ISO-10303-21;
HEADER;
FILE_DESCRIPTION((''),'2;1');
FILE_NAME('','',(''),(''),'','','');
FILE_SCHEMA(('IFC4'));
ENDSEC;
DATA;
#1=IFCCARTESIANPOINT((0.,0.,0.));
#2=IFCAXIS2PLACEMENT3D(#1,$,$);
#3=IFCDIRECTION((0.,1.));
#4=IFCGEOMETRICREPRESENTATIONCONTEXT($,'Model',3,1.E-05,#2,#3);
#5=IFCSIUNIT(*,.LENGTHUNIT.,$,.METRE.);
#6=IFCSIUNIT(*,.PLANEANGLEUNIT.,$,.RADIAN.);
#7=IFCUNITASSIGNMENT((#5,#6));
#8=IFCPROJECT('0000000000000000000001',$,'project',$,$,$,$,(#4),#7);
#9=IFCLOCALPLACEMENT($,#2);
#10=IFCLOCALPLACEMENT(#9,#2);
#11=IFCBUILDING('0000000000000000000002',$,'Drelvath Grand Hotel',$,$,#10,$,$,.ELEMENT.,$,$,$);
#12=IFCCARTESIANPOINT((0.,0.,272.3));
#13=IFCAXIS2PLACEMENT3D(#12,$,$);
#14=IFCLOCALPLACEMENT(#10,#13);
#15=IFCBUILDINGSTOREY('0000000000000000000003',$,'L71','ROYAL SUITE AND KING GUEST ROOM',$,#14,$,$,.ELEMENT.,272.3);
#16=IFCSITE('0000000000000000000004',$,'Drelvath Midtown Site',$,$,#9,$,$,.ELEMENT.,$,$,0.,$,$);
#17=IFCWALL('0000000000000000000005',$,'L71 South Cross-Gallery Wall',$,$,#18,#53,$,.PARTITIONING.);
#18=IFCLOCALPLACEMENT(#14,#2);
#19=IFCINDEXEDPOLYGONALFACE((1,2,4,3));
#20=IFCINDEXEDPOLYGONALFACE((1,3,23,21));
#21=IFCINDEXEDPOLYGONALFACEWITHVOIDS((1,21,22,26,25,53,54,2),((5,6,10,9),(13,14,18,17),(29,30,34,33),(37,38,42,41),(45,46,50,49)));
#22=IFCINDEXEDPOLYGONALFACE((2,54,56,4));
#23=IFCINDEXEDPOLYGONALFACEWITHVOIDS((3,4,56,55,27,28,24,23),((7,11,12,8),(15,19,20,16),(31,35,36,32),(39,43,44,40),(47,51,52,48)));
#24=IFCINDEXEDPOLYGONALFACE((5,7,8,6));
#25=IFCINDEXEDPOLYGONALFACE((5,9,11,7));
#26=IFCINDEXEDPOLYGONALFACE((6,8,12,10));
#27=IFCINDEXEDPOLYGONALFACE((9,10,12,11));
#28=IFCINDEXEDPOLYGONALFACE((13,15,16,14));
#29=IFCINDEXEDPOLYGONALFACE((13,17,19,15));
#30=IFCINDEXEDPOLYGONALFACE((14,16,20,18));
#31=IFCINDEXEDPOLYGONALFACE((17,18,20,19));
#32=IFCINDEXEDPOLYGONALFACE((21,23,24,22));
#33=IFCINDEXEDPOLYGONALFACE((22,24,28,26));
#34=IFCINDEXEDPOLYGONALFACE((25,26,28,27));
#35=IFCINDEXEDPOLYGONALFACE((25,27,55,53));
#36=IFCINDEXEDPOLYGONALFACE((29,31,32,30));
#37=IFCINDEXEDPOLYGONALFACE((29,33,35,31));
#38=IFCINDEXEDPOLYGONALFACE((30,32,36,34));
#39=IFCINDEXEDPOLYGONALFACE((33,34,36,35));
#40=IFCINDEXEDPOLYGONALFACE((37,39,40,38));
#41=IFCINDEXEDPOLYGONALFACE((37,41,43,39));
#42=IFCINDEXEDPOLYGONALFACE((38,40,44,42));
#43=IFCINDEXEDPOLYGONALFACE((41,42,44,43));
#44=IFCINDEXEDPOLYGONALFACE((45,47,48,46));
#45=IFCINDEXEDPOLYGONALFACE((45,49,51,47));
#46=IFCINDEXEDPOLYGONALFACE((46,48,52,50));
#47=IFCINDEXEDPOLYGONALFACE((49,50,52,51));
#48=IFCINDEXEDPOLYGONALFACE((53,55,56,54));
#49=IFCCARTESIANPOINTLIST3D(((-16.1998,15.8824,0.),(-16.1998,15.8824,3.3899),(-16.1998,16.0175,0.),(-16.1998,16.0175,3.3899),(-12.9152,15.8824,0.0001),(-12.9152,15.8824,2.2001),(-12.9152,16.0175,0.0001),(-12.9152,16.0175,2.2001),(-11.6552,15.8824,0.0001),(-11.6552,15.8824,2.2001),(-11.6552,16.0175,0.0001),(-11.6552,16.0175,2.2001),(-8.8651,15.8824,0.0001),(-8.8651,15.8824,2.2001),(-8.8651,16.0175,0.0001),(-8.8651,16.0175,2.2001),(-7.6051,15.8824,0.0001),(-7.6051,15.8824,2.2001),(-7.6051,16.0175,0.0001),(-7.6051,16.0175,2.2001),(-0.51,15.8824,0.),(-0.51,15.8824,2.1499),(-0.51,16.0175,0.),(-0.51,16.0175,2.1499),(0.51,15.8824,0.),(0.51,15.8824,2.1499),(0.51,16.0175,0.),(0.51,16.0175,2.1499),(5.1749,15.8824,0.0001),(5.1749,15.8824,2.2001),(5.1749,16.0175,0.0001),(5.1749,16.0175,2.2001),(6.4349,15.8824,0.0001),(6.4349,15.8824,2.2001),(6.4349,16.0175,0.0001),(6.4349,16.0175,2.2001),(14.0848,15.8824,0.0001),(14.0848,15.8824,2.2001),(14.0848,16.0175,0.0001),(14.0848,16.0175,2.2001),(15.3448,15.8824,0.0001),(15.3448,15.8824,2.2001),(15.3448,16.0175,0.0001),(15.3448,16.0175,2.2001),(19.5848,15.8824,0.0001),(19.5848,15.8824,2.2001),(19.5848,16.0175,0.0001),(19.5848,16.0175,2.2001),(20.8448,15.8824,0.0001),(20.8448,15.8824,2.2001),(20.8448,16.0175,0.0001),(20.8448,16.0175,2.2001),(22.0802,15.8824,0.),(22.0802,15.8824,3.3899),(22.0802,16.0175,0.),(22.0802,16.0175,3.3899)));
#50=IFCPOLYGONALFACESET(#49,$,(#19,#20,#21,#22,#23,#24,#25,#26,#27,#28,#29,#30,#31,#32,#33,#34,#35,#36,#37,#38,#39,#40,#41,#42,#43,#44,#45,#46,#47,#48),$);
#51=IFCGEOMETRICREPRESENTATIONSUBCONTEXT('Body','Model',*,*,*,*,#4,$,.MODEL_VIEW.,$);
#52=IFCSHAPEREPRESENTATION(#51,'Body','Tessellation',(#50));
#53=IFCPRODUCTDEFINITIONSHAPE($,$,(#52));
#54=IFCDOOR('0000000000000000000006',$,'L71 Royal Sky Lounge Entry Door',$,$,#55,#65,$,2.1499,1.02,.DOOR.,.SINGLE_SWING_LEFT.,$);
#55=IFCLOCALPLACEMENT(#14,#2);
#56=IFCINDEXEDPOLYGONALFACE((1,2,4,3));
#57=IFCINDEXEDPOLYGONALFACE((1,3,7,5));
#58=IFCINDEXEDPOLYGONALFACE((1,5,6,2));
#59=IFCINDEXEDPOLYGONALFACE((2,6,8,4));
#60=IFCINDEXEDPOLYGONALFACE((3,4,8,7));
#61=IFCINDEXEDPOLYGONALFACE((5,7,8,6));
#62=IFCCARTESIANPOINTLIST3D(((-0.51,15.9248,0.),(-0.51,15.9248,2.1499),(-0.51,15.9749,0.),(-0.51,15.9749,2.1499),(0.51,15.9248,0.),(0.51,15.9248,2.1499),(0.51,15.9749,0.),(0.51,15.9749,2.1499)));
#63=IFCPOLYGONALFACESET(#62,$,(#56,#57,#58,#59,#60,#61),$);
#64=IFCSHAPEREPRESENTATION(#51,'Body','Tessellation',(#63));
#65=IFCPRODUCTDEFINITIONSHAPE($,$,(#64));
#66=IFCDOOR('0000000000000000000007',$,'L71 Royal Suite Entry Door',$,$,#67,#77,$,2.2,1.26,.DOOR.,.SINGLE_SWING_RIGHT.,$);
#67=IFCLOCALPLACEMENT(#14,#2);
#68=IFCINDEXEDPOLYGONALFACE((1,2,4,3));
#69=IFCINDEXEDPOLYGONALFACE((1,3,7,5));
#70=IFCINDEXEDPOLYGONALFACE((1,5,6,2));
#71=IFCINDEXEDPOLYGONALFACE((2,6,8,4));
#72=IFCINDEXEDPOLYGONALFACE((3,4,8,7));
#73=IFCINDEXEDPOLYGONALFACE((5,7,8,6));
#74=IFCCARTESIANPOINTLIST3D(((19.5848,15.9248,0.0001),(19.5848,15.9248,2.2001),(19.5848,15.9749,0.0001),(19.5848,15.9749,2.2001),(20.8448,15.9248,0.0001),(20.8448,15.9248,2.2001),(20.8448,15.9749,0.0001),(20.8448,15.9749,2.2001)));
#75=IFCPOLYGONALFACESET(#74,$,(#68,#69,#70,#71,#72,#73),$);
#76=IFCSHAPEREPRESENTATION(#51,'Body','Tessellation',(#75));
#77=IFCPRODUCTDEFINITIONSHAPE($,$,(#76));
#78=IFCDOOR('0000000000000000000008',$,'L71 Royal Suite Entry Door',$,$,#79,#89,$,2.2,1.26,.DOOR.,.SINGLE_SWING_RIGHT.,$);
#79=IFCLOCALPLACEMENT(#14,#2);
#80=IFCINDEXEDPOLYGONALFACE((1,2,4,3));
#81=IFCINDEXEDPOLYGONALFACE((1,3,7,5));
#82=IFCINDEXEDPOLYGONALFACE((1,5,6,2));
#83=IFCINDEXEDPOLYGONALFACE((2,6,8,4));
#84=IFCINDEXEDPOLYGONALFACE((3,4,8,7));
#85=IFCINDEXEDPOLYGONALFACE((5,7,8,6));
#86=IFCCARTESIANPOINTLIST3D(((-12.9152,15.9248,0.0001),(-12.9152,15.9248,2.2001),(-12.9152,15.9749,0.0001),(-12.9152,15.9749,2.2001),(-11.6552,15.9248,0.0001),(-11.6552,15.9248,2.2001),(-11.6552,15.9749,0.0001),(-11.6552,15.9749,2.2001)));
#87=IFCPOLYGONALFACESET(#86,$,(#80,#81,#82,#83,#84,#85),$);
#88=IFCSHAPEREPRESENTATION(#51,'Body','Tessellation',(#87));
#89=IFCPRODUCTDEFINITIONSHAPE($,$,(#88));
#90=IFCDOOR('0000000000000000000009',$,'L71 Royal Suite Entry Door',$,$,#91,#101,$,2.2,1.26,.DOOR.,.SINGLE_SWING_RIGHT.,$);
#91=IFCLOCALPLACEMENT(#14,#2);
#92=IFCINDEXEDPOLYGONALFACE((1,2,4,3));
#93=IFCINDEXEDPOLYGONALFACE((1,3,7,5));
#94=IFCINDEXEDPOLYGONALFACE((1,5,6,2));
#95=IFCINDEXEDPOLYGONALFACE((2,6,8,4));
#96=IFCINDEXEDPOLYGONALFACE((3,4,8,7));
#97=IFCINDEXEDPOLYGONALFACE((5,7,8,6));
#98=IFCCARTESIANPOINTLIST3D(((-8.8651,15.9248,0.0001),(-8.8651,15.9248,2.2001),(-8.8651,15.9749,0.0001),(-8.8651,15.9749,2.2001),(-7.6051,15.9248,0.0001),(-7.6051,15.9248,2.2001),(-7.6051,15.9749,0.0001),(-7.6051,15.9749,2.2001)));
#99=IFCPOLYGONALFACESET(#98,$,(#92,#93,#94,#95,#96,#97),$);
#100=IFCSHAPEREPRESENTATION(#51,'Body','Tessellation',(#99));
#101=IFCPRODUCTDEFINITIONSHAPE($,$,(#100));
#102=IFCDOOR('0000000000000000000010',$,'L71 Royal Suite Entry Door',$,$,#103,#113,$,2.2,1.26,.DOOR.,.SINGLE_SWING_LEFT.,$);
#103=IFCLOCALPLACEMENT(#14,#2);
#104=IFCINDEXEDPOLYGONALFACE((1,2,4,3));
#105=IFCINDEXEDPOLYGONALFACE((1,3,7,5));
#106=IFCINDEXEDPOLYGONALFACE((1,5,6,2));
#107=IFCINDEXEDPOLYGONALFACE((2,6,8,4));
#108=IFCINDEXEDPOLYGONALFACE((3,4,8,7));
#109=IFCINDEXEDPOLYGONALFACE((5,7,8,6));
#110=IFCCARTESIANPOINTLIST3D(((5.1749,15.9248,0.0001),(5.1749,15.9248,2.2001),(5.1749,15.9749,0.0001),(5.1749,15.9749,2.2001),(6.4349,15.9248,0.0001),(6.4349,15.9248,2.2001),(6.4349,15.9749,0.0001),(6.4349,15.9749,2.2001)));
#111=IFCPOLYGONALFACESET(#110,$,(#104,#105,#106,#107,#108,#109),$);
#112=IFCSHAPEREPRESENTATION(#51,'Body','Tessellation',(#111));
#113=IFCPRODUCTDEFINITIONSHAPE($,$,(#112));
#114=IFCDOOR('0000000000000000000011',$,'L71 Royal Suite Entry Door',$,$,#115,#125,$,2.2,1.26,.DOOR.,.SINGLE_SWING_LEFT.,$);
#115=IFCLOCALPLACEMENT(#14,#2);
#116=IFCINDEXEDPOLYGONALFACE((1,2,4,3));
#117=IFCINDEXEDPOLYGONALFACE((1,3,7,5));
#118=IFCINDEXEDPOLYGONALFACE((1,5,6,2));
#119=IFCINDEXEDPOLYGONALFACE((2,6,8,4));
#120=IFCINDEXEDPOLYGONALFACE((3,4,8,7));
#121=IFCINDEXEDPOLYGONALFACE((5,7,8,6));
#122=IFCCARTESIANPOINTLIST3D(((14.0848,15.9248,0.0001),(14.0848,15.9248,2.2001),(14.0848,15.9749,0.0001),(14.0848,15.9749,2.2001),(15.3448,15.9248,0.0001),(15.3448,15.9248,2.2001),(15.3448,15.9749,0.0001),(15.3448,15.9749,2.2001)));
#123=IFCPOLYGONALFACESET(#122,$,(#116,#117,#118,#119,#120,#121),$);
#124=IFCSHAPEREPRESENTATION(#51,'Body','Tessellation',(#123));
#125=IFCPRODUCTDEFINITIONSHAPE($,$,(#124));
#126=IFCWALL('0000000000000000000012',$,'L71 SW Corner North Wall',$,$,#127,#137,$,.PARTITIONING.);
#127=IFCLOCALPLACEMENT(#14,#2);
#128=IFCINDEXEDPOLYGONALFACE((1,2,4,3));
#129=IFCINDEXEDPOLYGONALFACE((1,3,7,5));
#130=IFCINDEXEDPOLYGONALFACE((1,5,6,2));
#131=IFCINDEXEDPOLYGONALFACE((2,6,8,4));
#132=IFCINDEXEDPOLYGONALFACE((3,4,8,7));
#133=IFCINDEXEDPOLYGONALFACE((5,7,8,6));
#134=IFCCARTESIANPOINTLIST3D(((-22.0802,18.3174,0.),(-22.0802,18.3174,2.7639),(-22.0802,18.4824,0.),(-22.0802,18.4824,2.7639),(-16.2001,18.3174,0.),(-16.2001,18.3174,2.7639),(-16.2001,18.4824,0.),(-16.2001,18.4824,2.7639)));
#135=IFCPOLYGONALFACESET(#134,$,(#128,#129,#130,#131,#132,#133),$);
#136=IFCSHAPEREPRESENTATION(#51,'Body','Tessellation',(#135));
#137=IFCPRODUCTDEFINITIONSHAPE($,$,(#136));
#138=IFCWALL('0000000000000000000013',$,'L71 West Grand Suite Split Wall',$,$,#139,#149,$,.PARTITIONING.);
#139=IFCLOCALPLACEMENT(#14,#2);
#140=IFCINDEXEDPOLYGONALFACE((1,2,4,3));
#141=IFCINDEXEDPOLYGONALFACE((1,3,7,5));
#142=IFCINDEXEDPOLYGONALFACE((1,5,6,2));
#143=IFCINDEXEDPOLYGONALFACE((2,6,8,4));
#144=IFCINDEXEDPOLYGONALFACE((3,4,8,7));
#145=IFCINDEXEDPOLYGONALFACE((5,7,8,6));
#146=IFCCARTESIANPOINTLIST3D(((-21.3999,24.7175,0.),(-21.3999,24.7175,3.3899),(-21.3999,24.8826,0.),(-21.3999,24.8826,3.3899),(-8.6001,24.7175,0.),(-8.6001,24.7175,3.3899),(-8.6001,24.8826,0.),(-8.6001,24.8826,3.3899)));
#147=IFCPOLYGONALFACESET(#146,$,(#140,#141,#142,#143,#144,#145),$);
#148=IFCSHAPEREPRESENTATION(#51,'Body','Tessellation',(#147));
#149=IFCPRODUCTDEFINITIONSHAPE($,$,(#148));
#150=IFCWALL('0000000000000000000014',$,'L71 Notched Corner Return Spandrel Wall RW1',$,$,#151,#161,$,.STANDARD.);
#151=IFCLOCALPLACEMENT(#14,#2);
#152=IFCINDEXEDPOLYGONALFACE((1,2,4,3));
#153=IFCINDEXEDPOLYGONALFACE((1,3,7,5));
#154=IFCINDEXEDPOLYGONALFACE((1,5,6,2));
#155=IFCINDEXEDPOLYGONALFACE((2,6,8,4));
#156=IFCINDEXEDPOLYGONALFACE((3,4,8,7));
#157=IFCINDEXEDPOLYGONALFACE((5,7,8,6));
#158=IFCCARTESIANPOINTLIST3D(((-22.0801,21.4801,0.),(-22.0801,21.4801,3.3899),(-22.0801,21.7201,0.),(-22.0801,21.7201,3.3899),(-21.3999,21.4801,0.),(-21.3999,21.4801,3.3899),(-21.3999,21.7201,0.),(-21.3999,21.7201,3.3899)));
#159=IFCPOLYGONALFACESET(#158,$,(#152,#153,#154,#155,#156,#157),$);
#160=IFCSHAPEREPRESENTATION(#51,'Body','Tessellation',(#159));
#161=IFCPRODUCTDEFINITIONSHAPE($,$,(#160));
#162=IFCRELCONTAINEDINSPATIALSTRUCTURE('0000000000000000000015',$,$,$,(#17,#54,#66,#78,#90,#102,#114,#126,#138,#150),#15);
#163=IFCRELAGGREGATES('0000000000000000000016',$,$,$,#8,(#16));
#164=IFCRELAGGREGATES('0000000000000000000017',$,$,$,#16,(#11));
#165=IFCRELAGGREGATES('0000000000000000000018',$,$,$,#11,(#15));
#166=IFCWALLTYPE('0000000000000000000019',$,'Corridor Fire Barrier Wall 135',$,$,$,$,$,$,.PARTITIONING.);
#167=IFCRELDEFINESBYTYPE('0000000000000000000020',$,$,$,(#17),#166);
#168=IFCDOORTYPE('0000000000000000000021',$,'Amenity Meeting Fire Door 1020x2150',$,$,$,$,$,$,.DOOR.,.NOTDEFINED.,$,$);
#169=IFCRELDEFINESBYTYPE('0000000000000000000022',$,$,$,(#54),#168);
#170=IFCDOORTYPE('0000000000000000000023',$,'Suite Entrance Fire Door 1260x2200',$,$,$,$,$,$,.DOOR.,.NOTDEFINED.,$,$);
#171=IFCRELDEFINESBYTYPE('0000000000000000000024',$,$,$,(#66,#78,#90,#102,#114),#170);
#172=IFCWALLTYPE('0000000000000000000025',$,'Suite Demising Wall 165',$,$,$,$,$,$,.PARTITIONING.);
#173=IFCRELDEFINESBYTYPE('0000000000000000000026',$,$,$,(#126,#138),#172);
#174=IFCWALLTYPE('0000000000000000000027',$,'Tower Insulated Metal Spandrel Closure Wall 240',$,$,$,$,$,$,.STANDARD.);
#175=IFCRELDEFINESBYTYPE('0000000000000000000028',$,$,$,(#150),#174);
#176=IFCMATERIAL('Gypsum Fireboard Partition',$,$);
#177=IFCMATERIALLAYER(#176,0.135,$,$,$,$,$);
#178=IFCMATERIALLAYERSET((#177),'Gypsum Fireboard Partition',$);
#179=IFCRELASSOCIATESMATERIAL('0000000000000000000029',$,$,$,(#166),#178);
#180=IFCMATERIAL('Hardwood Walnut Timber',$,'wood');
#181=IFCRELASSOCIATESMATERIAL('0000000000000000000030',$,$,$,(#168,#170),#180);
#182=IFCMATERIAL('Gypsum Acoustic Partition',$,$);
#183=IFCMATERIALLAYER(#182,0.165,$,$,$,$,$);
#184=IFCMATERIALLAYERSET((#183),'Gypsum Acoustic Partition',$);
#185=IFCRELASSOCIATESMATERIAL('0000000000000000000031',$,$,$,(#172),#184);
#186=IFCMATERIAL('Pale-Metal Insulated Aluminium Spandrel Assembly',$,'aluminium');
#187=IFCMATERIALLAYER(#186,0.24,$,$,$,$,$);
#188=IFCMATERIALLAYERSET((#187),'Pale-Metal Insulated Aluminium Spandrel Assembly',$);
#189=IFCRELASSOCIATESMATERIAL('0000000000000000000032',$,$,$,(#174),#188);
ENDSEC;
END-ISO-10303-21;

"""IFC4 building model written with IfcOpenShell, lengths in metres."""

from ifc_helpers import new_model, si_unit, direction, frame, frame_2d, origin, place, context, subcontext, project, spatial, rectangle, extrude, material, layer, layer_set, type_object, element, fill, save


model = new_model("IFC4")

# Units and contexts
model_context = context("Model", 3, precision=1e-05, world=origin(), true_north=direction((0.0, 1.0)))
body_context = subcontext(model_context, "Body", "Model", "MODEL_VIEW")
ifc_project = project(units=[si_unit("LENGTHUNIT", "METRE"), si_unit("PLANEANGLEUNIT", "RADIAN")], contexts=[model_context])

# Site, building, storey
site_placement = place(None, origin())
site = spatial("IfcSite", under=ifc_project, at=site_placement, Name="Drelvath Midtown Site", CompositionType="ELEMENT", RefElevation=0.0)
building_placement = place(site_placement, origin())
building = spatial("IfcBuilding", under=site, at=building_placement, Name="Drelvath Grand Hotel", CompositionType="ELEMENT")
storey_placement = place(building_placement, frame((0.0, 0.0, 272.3)))
storey = spatial("IfcBuildingStorey", under=building, at=storey_placement, Name="L71", Description="ROYAL SUITE AND KING GUEST ROOM", CompositionType="ELEMENT", Elevation=272.3)

# Wall, openings, doors
ifc_material_1 = material(Name="Gypsum Fireboard Partition")
ifc_layer_1 = layer(ifc_material_1, 0.135)
ifc_layer_set_1 = layer_set([ifc_layer_1], Name="Gypsum Fireboard Partition")
wall_type_1 = type_object("IfcWallType", Name="Corridor Fire Barrier Wall 135", PredefinedType="PARTITIONING", material=ifc_layer_set_1)
wall_1_placement = place(storey_placement, frame((-16.2, 15.95, 0.0), z_axis=(0.0, 0.0, 1.0), x_axis=(1.0, 0.0, 0.0)))
wall_1 = element("IfcWall", 1, at=wall_1_placement, inside=storey, type_object=wall_type_1, Name="L71 South Cross-Gallery Wall", PredefinedType="PARTITIONING", context=body_context, shape_type="SweptSolid", body=[
    extrude(rectangle(XDim=38.28, YDim=0.135, at=frame_2d((19.1401, 0.0))), origin(), (0.0, 0.0, 1.0), 3.3899),
])
opening_1_placement = place(wall_1_placement, frame((35.7849, 0.0, 0.0)))
opening_1 = element("IfcOpeningElement", 2, at=opening_1_placement, cuts=wall_1, PredefinedType="OPENING", context=body_context, shape_type="SweptSolid", body=[
    extrude(rectangle(XDim=1.26, YDim=2.2, at=frame_2d((0.6299, 1.1001))), frame((0.0, 0.0774, 0.0), z_axis=(0.0, -1.0, 0.0), x_axis=(1.0, 0.0, 0.0)), (0.0, 0.0, 1.0), 0.155),
])
opening_2_placement = place(wall_1_placement, frame((3.2849, 0.0, 0.0)))
opening_2 = element("IfcOpeningElement", 3, at=opening_2_placement, cuts=wall_1, PredefinedType="OPENING", context=body_context, shape_type="SweptSolid", body=[
    extrude(rectangle(XDim=1.26, YDim=2.2, at=frame_2d((0.6299, 1.1001))), frame((0.0, 0.0774, 0.0), z_axis=(0.0, -1.0, 0.0), x_axis=(1.0, 0.0, 0.0)), (0.0, 0.0, 1.0), 0.155),
])
opening_3_placement = place(wall_1_placement, frame((7.335, 0.0, 0.0)))
opening_3 = element("IfcOpeningElement", 4, at=opening_3_placement, cuts=wall_1, PredefinedType="OPENING", context=body_context, shape_type="SweptSolid", body=[
    extrude(rectangle(XDim=1.26, YDim=2.2, at=frame_2d((0.6299, 1.1001))), frame((0.0, 0.0774, 0.0), z_axis=(0.0, -1.0, 0.0), x_axis=(1.0, 0.0, 0.0)), (0.0, 0.0, 1.0), 0.155),
])
opening_4_placement = place(wall_1_placement, frame((15.6899, 0.0, 0.0)))
opening_4 = element("IfcOpeningElement", 5, at=opening_4_placement, cuts=wall_1, PredefinedType="OPENING", context=body_context, shape_type="SweptSolid", body=[
    extrude(rectangle(XDim=1.02, YDim=2.1499, at=frame_2d((0.51, 1.075))), frame((0.0, 0.0774, 0.0), z_axis=(0.0, -1.0, 0.0), x_axis=(1.0, 0.0, 0.0)), (0.0, 0.0, 1.0), 0.155),
])
opening_5_placement = place(wall_1_placement, frame((21.375, 0.0, 0.0)))
opening_5 = element("IfcOpeningElement", 6, at=opening_5_placement, cuts=wall_1, PredefinedType="OPENING", context=body_context, shape_type="SweptSolid", body=[
    extrude(rectangle(XDim=1.26, YDim=2.2, at=frame_2d((0.6299, 1.1001))), frame((0.0, 0.0774, 0.0), z_axis=(0.0, -1.0, 0.0), x_axis=(1.0, 0.0, 0.0)), (0.0, 0.0, 1.0), 0.155),
])
opening_6_placement = place(wall_1_placement, frame((30.2849, 0.0, 0.0)))
opening_6 = element("IfcOpeningElement", 7, at=opening_6_placement, cuts=wall_1, PredefinedType="OPENING", context=body_context, shape_type="SweptSolid", body=[
    extrude(rectangle(XDim=1.26, YDim=2.2, at=frame_2d((0.6299, 1.1001))), frame((0.0, 0.0774, 0.0), z_axis=(0.0, -1.0, 0.0), x_axis=(1.0, 0.0, 0.0)), (0.0, 0.0, 1.0), 0.155),
])
ifc_material_2 = material(Name="Hardwood Walnut Timber", Category="wood")
door_type_1 = type_object("IfcDoorType", Name="Amenity Meeting Fire Door 1020x2150", OperationType="NOTDEFINED", PredefinedType="DOOR", material=ifc_material_2)
door_1_placement = place(opening_4_placement, origin())
door_1 = element("IfcDoor", 8, at=door_1_placement, inside=storey, type_object=door_type_1, Name="L71 Royal Sky Lounge Entry Door", OperationType="SINGLE_SWING_LEFT", OverallHeight=2.1499, OverallWidth=1.02, PredefinedType="DOOR", context=body_context, shape_type="SweptSolid", body=[
    extrude(rectangle(XDim=1.02, YDim=2.1499, at=frame_2d((0.51, 1.075))), frame((0.0, 0.0249, 0.0), z_axis=(0.0, -1.0, 0.0), x_axis=(1.0, 0.0, 0.0)), (0.0, 0.0, 1.0), 0.05),
])
fill(opening_4, door_1)
door_type_2 = type_object("IfcDoorType", Name="Suite Entrance Fire Door 1260x2200", OperationType="NOTDEFINED", PredefinedType="DOOR", material=ifc_material_2)
door_2_placement = place(opening_1_placement, origin())
door_2 = element("IfcDoor", 9, at=door_2_placement, inside=storey, type_object=door_type_2, Name="L71 Royal Suite Entry Door", OperationType="SINGLE_SWING_RIGHT", OverallHeight=2.2, OverallWidth=1.26, PredefinedType="DOOR", context=body_context, shape_type="SweptSolid", body=[
    extrude(rectangle(XDim=1.26, YDim=2.2, at=frame_2d((0.6299, 1.1001))), frame((0.0, 0.0249, 0.0), z_axis=(0.0, -1.0, 0.0), x_axis=(1.0, 0.0, 0.0)), (0.0, 0.0, 1.0), 0.05),
])
fill(opening_1, door_2)
door_3_placement = place(opening_2_placement, origin())
door_3 = element("IfcDoor", 10, at=door_3_placement, inside=storey, type_object=door_type_2, Name="L71 Royal Suite Entry Door", OperationType="SINGLE_SWING_RIGHT", OverallHeight=2.2, OverallWidth=1.26, PredefinedType="DOOR", context=body_context, shape_type="SweptSolid", body=[
    extrude(rectangle(XDim=1.26, YDim=2.2, at=frame_2d((0.6299, 1.1001))), frame((0.0, 0.0249, 0.0), z_axis=(0.0, -1.0, 0.0), x_axis=(1.0, 0.0, 0.0)), (0.0, 0.0, 1.0), 0.05),
])
fill(opening_2, door_3)
door_4_placement = place(opening_3_placement, origin())
door_4 = element("IfcDoor", 11, at=door_4_placement, inside=storey, type_object=door_type_2, Name="L71 Royal Suite Entry Door", OperationType="SINGLE_SWING_RIGHT", OverallHeight=2.2, OverallWidth=1.26, PredefinedType="DOOR", context=body_context, shape_type="SweptSolid", body=[
    extrude(rectangle(XDim=1.26, YDim=2.2, at=frame_2d((0.6299, 1.1001))), frame((0.0, 0.0249, 0.0), z_axis=(0.0, -1.0, 0.0), x_axis=(1.0, 0.0, 0.0)), (0.0, 0.0, 1.0), 0.05),
])
fill(opening_3, door_4)
door_5_placement = place(opening_5_placement, origin())
door_5 = element("IfcDoor", 12, at=door_5_placement, inside=storey, type_object=door_type_2, Name="L71 Royal Suite Entry Door", OperationType="SINGLE_SWING_LEFT", OverallHeight=2.2, OverallWidth=1.26, PredefinedType="DOOR", context=body_context, shape_type="SweptSolid", body=[
    extrude(rectangle(XDim=1.26, YDim=2.2, at=frame_2d((0.6299, 1.1001))), frame((0.0, 0.0249, 0.0), z_axis=(0.0, -1.0, 0.0), x_axis=(1.0, 0.0, 0.0)), (0.0, 0.0, 1.0), 0.05),
])
fill(opening_5, door_5)
door_6_placement = place(opening_6_placement, origin())
door_6 = element("IfcDoor", 13, at=door_6_placement, inside=storey, type_object=door_type_2, Name="L71 Royal Suite Entry Door", OperationType="SINGLE_SWING_LEFT", OverallHeight=2.2, OverallWidth=1.26, PredefinedType="DOOR", context=body_context, shape_type="SweptSolid", body=[
    extrude(rectangle(XDim=1.26, YDim=2.2, at=frame_2d((0.6299, 1.1001))), frame((0.0, 0.0249, 0.0), z_axis=(0.0, -1.0, 0.0), x_axis=(1.0, 0.0, 0.0)), (0.0, 0.0, 1.0), 0.05),
])
fill(opening_6, door_6)

# Walls
ifc_material_3 = material(Name="Gypsum Acoustic Partition")
ifc_layer_2 = layer(ifc_material_3, 0.165)
ifc_layer_set_2 = layer_set([ifc_layer_2], Name="Gypsum Acoustic Partition")
wall_type_2 = type_object("IfcWallType", Name="Suite Demising Wall 165", PredefinedType="PARTITIONING", material=ifc_layer_set_2)
wall_2_placement = place(storey_placement, frame((-22.0801, 18.3999, 0.0), z_axis=(0.0, 0.0, 1.0), x_axis=(1.0, 0.0, 0.0)))
element("IfcWall", 14, at=wall_2_placement, inside=storey, type_object=wall_type_2, Name="L71 SW Corner North Wall", PredefinedType="PARTITIONING", context=body_context, shape_type="SweptSolid", body=[
    extrude(rectangle(XDim=5.8801, YDim=0.165, at=frame_2d((2.9399, 0.0))), origin(), (0.0, 0.0, 1.0), 2.7639),
])
wall_3_placement = place(storey_placement, frame((-21.3999, 24.8, 0.0), z_axis=(0.0, 0.0, 1.0), x_axis=(1.0, 0.0, 0.0)))
element("IfcWall", 15, at=wall_3_placement, inside=storey, type_object=wall_type_2, Name="L71 West Grand Suite Split Wall", PredefinedType="PARTITIONING", context=body_context, shape_type="SweptSolid", body=[
    extrude(rectangle(XDim=12.7998, YDim=0.165, at=frame_2d((6.3999, 0.0))), origin(), (0.0, 0.0, 1.0), 3.3899),
])
ifc_material_4 = material(Name="Pale-Metal Insulated Aluminium Spandrel Assembly", Category="aluminium")
ifc_layer_3 = layer(ifc_material_4, 0.24)
ifc_layer_set_3 = layer_set([ifc_layer_3], Name="Pale-Metal Insulated Aluminium Spandrel Assembly")
wall_type_3 = type_object("IfcWallType", Name="Tower Insulated Metal Spandrel Closure Wall 240", PredefinedType="STANDARD", material=ifc_layer_set_3)
wall_4_placement = place(storey_placement, frame((-22.0801, 21.6001, 0.0), z_axis=(0.0, 0.0, 1.0), x_axis=(1.0, 0.0, 0.0)))
element("IfcWall", 16, at=wall_4_placement, inside=storey, type_object=wall_type_3, Name="L71 Notched Corner Return Spandrel Wall RW1", PredefinedType="STANDARD", context=body_context, shape_type="SweptSolid", body=[
    extrude(rectangle(XDim=0.6802, YDim=0.24, at=frame_2d((0.3401, 0.0))), origin(), (0.0, 0.0, 1.0), 3.3899),
])

save(model, "model.ifc")
